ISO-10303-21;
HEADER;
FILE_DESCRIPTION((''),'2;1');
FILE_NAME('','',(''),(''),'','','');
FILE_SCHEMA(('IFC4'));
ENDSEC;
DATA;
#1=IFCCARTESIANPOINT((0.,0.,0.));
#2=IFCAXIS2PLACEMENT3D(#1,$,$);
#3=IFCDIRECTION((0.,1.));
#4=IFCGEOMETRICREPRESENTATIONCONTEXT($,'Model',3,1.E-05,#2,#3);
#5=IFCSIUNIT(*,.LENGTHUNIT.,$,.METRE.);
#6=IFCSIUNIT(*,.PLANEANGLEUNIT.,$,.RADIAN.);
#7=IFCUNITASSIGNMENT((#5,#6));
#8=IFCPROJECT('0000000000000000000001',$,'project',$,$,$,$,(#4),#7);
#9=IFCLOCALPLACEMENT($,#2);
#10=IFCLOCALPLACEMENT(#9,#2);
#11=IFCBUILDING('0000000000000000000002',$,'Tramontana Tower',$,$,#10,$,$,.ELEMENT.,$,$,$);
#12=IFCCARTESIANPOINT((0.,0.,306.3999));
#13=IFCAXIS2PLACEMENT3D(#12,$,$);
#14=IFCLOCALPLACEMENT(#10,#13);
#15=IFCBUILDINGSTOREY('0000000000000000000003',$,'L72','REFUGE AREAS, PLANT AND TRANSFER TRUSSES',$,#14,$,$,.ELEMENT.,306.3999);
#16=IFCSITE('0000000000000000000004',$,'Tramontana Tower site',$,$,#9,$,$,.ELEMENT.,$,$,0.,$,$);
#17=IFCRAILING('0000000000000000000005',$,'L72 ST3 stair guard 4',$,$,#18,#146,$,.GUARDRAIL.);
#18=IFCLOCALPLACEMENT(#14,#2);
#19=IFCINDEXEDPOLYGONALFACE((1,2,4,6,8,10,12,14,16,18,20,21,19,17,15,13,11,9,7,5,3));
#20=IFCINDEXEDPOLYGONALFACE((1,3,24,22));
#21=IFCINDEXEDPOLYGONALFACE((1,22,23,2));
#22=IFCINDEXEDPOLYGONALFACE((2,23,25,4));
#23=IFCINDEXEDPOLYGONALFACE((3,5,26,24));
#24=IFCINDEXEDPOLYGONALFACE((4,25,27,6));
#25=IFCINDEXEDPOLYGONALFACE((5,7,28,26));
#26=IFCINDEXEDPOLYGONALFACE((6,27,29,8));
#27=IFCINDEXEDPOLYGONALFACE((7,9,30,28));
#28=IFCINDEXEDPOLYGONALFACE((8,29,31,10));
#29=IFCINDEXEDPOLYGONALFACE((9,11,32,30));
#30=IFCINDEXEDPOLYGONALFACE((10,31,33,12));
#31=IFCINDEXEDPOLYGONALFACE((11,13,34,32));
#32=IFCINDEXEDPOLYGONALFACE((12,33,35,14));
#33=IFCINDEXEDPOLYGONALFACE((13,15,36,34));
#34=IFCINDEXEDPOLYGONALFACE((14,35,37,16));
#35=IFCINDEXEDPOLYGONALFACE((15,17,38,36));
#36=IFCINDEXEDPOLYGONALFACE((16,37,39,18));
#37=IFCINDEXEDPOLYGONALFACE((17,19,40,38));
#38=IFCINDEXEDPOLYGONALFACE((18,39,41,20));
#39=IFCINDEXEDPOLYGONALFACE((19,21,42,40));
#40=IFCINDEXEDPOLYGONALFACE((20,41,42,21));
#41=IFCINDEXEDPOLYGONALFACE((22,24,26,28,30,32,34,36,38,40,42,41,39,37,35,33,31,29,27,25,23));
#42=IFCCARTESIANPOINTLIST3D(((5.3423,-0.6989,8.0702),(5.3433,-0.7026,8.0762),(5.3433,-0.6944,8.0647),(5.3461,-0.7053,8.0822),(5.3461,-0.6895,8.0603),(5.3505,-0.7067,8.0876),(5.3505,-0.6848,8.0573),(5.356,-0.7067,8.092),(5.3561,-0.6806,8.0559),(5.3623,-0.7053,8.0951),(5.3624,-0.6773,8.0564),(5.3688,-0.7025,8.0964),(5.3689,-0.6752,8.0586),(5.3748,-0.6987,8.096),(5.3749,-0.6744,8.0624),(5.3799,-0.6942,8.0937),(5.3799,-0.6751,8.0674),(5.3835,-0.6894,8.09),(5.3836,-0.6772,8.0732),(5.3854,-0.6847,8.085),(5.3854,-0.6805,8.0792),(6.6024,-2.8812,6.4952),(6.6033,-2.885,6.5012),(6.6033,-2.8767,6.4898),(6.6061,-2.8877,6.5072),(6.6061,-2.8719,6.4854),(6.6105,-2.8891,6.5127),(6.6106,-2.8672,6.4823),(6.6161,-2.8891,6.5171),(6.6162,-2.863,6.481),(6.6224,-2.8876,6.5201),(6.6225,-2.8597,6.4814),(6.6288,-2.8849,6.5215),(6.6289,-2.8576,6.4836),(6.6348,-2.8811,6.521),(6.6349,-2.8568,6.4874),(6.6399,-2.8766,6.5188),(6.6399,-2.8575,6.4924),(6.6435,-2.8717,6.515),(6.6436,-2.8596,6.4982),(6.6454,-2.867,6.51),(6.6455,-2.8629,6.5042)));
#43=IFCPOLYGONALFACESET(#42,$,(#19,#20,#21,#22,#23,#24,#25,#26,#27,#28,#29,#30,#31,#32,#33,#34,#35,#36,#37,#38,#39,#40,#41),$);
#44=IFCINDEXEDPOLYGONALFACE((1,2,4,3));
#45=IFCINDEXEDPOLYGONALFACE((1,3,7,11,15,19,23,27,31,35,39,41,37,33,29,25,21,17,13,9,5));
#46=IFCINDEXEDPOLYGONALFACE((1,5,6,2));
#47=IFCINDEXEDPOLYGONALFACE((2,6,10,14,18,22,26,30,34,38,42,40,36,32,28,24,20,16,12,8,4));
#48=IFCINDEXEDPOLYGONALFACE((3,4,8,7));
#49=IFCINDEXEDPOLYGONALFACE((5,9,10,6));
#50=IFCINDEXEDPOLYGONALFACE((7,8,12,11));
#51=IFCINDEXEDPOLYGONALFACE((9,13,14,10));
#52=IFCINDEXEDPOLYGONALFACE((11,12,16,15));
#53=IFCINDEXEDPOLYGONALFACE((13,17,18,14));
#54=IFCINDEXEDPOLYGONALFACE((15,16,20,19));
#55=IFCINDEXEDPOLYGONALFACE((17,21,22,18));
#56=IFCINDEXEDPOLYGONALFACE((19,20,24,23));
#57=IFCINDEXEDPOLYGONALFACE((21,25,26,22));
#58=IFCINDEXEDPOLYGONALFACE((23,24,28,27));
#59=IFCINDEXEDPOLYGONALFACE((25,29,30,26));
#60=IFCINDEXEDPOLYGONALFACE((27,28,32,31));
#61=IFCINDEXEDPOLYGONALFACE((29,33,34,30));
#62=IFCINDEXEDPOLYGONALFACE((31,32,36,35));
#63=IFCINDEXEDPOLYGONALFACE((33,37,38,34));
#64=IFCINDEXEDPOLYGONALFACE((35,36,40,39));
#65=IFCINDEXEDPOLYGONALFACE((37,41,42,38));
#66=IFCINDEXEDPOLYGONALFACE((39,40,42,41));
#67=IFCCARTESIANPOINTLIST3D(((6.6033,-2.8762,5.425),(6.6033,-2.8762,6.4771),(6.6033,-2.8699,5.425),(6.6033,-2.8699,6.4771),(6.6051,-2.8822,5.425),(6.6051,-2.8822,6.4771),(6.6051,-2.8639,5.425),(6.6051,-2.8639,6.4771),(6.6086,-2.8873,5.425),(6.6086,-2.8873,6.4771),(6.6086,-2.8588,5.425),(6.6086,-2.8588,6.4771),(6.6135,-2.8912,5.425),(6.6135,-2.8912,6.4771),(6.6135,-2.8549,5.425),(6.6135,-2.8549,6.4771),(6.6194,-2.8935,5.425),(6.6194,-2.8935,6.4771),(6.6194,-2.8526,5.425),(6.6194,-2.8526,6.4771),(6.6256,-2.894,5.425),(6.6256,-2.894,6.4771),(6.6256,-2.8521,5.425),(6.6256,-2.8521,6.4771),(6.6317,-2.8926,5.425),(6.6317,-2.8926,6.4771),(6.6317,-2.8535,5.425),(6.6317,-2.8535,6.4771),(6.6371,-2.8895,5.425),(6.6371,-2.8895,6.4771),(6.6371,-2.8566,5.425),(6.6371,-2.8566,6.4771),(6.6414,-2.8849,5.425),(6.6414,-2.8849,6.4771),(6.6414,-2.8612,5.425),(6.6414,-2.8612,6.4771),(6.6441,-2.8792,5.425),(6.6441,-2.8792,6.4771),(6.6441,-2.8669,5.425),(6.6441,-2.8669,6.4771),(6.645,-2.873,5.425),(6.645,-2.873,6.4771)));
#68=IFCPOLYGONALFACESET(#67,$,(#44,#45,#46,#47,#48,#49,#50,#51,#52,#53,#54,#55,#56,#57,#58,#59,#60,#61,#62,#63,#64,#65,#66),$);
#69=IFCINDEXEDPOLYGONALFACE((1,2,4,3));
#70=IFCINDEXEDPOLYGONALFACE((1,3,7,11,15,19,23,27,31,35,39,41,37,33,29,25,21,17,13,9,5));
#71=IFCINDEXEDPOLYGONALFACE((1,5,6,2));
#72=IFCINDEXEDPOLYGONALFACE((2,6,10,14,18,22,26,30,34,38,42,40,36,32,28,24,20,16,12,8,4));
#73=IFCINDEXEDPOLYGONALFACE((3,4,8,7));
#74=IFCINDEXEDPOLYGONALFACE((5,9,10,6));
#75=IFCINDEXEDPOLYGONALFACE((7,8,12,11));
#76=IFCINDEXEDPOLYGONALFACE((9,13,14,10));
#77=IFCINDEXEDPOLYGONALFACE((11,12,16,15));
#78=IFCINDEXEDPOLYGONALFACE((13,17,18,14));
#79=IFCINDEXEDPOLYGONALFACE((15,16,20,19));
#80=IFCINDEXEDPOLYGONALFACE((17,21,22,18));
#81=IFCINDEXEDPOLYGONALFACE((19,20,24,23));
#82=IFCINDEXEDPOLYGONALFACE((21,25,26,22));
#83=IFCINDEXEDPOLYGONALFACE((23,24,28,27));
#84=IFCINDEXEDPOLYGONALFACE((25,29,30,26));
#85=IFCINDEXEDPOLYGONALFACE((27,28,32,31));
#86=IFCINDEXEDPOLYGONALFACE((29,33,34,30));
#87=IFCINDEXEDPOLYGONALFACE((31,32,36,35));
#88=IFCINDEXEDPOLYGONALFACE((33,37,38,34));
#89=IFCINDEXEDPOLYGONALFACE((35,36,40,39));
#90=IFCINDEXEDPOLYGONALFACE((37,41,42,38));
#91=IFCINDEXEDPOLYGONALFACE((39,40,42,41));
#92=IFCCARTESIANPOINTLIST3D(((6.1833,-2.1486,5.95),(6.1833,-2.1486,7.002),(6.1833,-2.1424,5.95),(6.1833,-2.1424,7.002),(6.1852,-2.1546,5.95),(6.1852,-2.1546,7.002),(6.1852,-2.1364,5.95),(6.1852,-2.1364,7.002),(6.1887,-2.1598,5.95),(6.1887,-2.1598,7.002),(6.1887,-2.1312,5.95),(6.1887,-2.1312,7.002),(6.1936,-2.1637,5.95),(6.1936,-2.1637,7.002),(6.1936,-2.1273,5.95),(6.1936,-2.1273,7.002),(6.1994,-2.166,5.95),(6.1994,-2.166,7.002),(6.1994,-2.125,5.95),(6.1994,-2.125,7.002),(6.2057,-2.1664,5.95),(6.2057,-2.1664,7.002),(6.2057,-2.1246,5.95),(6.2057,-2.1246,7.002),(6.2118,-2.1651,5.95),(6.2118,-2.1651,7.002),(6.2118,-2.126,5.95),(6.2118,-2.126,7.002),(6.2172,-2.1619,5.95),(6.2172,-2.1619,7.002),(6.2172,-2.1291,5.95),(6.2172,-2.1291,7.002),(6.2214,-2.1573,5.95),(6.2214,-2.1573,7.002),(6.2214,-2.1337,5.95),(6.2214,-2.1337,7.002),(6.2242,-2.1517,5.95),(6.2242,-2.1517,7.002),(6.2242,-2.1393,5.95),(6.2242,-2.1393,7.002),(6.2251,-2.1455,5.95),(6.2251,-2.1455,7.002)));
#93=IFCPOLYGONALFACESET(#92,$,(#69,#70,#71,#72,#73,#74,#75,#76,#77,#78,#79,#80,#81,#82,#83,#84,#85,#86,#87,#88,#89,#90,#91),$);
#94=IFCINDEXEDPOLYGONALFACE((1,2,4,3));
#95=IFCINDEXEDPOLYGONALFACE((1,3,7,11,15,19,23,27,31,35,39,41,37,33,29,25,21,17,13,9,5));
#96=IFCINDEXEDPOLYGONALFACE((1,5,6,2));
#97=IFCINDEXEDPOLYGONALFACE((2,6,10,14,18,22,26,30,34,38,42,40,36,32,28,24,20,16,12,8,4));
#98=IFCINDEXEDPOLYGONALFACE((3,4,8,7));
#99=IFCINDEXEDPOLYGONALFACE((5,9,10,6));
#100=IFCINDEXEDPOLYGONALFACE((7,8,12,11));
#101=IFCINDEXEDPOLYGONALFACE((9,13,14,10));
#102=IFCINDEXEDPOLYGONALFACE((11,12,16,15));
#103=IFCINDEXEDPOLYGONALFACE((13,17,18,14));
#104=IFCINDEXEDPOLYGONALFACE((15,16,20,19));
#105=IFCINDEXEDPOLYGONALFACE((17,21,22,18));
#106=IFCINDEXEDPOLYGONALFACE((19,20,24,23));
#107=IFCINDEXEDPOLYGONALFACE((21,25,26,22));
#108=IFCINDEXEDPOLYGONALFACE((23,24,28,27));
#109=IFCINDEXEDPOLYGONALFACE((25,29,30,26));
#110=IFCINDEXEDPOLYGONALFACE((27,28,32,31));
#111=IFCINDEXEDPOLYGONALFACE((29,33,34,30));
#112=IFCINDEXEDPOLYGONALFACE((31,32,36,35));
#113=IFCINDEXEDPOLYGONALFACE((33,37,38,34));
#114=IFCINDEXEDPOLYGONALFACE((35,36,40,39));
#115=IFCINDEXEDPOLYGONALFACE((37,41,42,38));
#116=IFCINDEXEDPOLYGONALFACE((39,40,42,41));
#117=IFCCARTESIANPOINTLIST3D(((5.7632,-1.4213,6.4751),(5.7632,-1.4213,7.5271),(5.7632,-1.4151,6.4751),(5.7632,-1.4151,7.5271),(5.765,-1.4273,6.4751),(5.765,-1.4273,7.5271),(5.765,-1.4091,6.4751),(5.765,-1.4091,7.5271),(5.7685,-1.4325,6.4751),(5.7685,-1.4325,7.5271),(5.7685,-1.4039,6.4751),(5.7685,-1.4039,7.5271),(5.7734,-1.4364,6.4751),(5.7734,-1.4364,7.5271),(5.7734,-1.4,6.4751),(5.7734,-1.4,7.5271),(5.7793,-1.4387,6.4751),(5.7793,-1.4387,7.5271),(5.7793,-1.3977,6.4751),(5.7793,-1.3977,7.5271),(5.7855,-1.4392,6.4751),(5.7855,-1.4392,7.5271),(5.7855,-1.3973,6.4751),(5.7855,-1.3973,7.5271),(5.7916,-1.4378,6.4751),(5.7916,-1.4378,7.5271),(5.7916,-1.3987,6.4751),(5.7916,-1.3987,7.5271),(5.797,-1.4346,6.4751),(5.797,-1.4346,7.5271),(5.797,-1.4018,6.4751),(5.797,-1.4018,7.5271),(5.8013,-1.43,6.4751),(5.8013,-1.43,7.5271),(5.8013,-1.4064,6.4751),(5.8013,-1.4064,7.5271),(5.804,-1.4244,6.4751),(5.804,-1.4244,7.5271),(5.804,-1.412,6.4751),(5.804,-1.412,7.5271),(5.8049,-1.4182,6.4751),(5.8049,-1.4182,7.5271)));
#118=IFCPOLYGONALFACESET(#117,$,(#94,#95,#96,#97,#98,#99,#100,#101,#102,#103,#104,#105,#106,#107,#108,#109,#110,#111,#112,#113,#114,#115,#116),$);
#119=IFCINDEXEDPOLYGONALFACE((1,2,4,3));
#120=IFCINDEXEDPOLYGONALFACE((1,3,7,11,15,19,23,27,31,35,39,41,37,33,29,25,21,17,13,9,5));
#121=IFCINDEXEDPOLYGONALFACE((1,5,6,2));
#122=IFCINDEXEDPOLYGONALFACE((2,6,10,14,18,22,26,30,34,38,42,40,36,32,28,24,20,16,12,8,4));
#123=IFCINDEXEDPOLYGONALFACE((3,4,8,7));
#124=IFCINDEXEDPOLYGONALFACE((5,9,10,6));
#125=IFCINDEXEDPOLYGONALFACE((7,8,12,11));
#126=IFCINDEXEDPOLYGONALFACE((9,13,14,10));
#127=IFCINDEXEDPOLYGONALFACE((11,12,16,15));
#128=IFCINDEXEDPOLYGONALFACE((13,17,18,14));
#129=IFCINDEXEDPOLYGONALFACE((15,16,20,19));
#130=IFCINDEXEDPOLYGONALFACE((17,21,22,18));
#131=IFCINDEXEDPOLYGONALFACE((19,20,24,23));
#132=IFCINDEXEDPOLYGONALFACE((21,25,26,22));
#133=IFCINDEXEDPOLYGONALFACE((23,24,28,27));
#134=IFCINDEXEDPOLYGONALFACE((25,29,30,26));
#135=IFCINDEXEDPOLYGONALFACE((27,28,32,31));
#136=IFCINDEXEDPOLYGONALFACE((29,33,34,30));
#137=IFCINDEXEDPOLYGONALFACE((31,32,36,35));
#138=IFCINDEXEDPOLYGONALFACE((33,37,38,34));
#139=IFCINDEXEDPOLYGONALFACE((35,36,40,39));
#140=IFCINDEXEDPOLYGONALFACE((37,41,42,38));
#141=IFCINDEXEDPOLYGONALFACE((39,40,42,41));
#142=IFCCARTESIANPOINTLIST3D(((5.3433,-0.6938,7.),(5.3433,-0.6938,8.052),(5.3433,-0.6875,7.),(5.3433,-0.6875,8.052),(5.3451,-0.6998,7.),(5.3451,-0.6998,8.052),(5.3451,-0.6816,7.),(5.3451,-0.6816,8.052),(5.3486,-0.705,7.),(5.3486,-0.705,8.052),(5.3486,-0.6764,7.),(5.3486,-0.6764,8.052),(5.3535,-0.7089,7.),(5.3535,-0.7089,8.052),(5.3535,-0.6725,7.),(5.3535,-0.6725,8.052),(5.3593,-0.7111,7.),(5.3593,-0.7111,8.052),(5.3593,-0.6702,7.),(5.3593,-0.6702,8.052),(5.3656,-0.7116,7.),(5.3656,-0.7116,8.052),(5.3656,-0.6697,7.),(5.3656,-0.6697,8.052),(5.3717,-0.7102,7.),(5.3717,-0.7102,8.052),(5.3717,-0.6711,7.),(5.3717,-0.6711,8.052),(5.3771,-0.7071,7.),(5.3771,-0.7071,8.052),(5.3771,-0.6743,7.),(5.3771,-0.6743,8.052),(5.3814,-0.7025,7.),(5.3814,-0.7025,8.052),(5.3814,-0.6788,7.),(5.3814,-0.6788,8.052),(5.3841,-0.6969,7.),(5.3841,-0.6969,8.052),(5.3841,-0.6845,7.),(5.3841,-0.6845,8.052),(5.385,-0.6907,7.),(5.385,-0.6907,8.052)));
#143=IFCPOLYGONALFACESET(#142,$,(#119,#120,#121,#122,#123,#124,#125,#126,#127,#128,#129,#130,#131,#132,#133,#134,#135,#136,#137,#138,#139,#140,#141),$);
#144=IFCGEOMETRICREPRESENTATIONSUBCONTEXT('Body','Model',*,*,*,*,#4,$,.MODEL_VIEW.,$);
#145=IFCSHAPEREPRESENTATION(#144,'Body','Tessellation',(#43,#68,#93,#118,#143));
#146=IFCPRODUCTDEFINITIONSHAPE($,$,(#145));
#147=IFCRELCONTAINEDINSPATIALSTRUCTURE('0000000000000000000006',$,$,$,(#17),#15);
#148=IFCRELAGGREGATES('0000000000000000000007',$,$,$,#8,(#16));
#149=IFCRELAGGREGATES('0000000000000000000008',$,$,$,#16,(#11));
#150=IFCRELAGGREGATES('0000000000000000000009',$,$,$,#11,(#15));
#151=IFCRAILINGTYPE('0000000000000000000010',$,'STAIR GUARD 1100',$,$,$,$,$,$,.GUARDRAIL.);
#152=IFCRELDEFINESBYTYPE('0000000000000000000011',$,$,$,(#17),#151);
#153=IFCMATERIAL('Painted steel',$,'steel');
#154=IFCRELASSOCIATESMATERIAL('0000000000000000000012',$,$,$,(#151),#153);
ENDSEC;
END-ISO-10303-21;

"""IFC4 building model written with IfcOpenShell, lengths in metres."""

from ifc_helpers import new_model, si_unit, direction, frame, origin, origin_2d, place, context, subcontext, project, spatial, circle, extrude, material, type_object, element, save


model = new_model("IFC4")

# Units and contexts
model_context = context("Model", 3, precision=1e-05, world=origin(), true_north=direction((0.0, 1.0)))
body_context = subcontext(model_context, "Body", "Model", "MODEL_VIEW")
ifc_project = project(units=[si_unit("LENGTHUNIT", "METRE"), si_unit("PLANEANGLEUNIT", "RADIAN")], contexts=[model_context])

# Site, building, storey
site_placement = place(None, origin())
site = spatial("IfcSite", under=ifc_project, at=site_placement, Name="Tramontana Tower site", CompositionType="ELEMENT", RefElevation=0.0)
building_placement = place(site_placement, origin())
building = spatial("IfcBuilding", under=site, at=building_placement, Name="Tramontana Tower", CompositionType="ELEMENT")
storey_placement = place(building_placement, frame((0.0, 0.0, 306.3999)))
storey = spatial("IfcBuildingStorey", under=building, at=storey_placement, Name="L72", Description="REFUGE AREAS, PLANT AND TRANSFER TRUSSES", CompositionType="ELEMENT", Elevation=306.3999)

# Railing
ifc_material_1 = material(Name="Painted steel", Category="steel")
railing_type_1 = type_object("IfcRailingType", Name="STAIR GUARD 1100", PredefinedType="GUARDRAIL", material=ifc_material_1)
for number, where, name in (
    (1, (6.624, -2.873, 5.425), "L72 ST3 stair guard 4"),
):
    element("IfcRailing", number, at=place(storey_placement, frame(where)), inside=storey, type_object=railing_type_1, Name=name, PredefinedType="GUARDRAIL", context=body_context, shape_type="SweptSolid", body=[
        extrude(circle(Radius=0.0239, at=origin_2d()), frame((0.0, 0.0, 1.0762), z_axis=(-0.424007, 0.734392, 0.529988), x_axis=(-0.866023, -0.500005, 0.0)), (0.0, 0.0, 1.0), 2.9717),
        extrude(circle(Radius=0.021, at=origin_2d()), origin(), (0.0, 0.0, 1.0), 1.052),
        extrude(circle(Radius=0.021, at=origin_2d()), frame((-0.4199, 0.7275, 0.5249)), (0.0, 0.0, 1.0), 1.052),
        extrude(circle(Radius=0.021, at=origin_2d()), frame((-0.8401, 1.4548, 1.05)), (0.0, 0.0, 1.0), 1.052),
        extrude(circle(Radius=0.021, at=origin_2d()), frame((-1.26, 2.1824, 1.575)), (0.0, 0.0, 1.0), 1.052),
    ])

save(model, "model.ifc")
